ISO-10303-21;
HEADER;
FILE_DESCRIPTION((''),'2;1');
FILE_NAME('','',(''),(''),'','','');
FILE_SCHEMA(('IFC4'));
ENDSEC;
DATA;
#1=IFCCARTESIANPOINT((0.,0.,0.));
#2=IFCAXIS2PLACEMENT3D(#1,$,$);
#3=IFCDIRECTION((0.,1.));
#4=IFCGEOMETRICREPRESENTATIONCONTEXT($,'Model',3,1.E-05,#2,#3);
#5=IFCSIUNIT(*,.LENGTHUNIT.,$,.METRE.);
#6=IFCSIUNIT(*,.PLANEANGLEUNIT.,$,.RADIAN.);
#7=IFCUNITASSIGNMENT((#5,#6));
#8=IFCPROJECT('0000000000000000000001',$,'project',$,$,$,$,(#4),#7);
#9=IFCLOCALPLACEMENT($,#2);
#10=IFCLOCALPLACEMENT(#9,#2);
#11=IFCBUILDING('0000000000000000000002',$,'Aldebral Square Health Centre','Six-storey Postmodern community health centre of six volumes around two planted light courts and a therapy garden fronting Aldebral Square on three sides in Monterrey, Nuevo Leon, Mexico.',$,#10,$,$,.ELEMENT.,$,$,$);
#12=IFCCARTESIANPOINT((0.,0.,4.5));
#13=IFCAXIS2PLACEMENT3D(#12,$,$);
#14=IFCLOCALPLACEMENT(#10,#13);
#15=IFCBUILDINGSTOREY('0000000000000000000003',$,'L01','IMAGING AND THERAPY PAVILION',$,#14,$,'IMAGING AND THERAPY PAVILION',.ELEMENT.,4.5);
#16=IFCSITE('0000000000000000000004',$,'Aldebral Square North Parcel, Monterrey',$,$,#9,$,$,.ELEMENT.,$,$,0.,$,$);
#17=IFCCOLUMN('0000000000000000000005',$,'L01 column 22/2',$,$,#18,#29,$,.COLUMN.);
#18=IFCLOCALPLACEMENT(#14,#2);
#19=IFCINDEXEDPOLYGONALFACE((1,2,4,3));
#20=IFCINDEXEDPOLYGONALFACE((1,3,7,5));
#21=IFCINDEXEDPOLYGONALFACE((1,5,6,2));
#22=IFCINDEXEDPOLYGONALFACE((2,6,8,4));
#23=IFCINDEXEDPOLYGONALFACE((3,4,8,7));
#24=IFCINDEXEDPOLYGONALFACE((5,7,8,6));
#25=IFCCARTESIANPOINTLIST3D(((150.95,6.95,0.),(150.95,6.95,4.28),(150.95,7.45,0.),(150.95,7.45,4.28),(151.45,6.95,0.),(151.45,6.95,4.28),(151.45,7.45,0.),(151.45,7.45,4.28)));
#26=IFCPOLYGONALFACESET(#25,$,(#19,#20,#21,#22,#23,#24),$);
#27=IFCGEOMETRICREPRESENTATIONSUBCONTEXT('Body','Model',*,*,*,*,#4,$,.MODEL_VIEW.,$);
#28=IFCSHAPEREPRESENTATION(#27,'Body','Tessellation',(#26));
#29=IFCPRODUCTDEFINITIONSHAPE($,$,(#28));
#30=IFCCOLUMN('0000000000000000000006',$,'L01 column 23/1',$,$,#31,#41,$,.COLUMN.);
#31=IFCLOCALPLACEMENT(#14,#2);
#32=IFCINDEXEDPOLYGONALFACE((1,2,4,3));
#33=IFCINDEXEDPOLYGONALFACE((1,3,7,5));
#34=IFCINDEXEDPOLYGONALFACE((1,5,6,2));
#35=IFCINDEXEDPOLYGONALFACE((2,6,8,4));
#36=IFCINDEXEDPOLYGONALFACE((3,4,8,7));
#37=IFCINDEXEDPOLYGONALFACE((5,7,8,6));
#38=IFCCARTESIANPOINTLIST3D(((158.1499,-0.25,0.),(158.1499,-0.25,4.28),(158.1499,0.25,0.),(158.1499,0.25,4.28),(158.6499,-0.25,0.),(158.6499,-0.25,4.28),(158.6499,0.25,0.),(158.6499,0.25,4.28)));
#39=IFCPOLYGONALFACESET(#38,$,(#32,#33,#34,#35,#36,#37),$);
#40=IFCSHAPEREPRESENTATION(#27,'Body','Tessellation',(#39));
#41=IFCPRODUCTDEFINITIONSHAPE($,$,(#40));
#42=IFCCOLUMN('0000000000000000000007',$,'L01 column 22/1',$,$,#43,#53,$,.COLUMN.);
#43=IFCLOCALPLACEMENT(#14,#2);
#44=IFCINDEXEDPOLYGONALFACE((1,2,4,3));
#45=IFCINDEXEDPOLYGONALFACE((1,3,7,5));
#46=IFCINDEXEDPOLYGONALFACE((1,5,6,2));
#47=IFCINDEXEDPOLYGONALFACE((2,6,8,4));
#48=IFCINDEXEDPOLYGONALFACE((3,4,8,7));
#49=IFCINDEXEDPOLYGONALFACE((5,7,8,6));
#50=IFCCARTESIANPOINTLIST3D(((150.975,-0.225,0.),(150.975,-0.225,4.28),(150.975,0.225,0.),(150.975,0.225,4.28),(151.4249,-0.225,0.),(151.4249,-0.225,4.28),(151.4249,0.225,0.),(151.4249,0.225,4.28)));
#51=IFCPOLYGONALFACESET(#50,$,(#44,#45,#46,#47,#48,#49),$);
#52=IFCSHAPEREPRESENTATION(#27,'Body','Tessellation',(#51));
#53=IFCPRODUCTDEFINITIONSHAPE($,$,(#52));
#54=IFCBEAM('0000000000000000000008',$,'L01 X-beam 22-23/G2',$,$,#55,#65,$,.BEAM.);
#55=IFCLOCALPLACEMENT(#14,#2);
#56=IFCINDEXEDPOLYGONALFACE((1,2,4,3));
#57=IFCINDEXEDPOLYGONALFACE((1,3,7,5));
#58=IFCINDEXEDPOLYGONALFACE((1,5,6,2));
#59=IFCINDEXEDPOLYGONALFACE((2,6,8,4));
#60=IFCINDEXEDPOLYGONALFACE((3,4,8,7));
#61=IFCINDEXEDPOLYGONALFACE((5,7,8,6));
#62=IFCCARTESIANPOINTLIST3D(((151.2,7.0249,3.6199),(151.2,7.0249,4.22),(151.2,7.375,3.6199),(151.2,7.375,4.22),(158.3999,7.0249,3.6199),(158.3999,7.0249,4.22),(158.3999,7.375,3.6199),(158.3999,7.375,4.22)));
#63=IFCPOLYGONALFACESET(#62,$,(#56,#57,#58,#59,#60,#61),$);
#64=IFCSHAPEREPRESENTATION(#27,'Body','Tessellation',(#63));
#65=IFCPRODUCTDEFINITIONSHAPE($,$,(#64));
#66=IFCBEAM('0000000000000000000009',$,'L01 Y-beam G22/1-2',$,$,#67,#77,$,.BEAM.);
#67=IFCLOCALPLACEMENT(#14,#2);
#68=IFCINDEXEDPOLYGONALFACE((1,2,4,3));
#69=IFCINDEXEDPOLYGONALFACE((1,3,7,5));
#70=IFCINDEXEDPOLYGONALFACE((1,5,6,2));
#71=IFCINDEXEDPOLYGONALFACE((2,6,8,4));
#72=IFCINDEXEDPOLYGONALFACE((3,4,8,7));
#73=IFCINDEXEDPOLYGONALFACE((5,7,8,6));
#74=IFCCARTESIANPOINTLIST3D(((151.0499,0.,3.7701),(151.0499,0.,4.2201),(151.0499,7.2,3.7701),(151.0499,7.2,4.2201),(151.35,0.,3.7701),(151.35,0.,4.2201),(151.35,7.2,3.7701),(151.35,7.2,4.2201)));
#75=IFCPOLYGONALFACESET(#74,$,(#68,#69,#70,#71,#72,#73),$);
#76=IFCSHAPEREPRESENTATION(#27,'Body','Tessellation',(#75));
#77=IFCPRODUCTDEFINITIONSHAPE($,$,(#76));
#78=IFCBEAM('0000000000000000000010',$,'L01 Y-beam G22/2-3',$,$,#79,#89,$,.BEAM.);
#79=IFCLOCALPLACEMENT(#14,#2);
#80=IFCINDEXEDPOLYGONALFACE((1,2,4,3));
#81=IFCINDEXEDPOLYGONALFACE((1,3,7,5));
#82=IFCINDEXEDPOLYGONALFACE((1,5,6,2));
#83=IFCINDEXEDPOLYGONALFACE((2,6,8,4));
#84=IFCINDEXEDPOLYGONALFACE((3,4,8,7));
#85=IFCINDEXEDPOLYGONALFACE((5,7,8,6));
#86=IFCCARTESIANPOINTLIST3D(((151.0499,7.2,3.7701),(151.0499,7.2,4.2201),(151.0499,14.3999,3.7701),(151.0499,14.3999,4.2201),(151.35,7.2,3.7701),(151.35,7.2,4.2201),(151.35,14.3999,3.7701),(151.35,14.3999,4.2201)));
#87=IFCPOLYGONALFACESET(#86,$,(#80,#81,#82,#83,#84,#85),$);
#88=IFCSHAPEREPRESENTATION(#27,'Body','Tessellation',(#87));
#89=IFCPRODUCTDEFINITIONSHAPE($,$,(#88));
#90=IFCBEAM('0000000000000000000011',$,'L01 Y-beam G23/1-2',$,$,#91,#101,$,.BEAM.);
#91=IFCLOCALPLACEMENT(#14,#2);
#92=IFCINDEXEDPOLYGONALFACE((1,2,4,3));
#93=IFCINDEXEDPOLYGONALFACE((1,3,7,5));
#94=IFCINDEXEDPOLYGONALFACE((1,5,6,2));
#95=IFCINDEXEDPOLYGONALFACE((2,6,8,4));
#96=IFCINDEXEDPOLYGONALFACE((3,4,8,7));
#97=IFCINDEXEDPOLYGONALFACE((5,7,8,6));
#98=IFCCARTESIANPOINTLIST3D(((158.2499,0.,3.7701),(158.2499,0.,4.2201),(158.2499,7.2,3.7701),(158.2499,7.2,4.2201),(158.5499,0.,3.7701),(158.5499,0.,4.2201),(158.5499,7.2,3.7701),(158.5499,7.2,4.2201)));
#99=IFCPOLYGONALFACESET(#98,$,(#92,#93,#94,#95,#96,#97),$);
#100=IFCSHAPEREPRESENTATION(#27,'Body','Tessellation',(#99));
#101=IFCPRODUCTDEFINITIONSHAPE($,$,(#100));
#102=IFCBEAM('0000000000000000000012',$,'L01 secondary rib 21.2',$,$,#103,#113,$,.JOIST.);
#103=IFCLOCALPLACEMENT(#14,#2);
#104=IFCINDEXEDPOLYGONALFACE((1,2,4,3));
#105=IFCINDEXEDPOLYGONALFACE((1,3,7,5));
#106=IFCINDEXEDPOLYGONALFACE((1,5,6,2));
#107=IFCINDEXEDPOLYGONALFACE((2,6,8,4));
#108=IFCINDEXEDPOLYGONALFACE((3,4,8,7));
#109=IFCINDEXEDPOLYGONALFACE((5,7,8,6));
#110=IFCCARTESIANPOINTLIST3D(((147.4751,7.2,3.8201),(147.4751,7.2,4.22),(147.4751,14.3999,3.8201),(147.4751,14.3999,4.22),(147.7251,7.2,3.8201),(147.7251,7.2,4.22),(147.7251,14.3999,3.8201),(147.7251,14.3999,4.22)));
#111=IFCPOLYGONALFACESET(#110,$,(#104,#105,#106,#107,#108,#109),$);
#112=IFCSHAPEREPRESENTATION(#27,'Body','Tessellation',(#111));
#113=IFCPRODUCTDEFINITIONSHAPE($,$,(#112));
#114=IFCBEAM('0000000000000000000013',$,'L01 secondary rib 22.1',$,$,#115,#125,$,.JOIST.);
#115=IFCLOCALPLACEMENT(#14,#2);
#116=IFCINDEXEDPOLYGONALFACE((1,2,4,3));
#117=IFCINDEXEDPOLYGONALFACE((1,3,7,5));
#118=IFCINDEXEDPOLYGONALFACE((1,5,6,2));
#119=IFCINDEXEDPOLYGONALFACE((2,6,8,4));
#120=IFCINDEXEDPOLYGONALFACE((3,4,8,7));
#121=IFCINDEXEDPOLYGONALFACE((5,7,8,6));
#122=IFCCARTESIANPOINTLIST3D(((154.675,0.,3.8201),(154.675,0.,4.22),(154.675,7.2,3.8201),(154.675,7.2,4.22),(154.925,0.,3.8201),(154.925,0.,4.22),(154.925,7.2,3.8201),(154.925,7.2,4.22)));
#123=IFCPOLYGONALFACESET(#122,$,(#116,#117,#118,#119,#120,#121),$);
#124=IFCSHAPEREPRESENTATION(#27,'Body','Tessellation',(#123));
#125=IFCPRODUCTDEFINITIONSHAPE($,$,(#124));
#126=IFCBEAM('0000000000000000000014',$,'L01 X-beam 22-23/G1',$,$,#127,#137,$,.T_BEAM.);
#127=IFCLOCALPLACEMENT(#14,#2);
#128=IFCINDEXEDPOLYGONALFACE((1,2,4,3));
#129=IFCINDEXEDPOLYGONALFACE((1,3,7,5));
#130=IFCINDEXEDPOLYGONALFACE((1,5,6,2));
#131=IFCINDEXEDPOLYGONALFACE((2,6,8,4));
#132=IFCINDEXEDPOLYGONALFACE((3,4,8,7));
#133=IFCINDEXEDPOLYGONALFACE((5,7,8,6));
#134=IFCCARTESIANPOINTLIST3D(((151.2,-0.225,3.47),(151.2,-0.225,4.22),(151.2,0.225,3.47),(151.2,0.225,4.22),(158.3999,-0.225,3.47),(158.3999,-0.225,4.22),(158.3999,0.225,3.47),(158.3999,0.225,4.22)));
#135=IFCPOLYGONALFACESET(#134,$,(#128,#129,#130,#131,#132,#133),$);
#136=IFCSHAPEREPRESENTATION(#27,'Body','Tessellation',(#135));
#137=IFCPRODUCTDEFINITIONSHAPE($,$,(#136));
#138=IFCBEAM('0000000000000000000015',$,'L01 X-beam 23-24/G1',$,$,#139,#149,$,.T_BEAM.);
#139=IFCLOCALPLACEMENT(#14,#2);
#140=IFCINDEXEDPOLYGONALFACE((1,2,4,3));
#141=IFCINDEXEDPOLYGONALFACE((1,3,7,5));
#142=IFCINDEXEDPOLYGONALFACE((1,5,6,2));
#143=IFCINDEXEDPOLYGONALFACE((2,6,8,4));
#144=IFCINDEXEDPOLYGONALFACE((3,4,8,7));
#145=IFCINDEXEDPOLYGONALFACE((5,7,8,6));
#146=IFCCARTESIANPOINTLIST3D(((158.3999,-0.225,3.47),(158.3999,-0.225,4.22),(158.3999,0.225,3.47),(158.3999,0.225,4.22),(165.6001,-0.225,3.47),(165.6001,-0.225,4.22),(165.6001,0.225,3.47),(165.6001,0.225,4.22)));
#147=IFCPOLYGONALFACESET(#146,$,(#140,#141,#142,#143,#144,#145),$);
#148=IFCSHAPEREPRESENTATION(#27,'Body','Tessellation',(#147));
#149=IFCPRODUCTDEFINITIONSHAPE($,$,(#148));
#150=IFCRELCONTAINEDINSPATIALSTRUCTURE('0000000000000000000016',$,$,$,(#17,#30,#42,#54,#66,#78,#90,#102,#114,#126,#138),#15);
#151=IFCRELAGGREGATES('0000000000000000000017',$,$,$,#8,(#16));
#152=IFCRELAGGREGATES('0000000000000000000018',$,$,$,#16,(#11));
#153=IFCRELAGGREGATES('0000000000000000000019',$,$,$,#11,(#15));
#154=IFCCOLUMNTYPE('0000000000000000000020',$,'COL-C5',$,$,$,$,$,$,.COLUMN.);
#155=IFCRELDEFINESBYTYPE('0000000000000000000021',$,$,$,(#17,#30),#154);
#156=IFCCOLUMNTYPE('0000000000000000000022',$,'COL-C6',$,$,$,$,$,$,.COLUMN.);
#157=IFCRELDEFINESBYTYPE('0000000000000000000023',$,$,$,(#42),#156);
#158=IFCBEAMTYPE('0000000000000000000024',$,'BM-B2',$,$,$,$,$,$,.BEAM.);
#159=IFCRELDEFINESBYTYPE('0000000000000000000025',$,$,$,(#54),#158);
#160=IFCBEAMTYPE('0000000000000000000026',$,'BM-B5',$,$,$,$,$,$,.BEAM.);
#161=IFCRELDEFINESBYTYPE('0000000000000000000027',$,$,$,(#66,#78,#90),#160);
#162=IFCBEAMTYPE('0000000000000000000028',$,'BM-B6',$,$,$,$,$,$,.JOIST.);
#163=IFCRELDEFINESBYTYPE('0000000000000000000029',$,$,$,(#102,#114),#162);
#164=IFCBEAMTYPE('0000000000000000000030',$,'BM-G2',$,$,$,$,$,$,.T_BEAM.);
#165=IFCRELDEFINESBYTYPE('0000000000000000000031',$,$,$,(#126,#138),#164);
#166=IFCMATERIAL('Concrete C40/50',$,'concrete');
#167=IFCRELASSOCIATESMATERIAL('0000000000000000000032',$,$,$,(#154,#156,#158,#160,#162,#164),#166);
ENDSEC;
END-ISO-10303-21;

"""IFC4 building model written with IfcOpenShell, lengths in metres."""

from ifc_helpers import new_model, si_unit, direction, frame, origin, origin_2d, place, context, subcontext, project, spatial, rectangle, extrude, material, material_profile, profile_set, type_object, element, save


model = new_model("IFC4")

# Units and contexts
model_context = context("Model", 3, precision=1e-05, world=origin(), true_north=direction((0.0, 1.0)))
body_context = subcontext(model_context, "Body", "Model", "MODEL_VIEW")
ifc_project = project(units=[si_unit("LENGTHUNIT", "METRE"), si_unit("PLANEANGLEUNIT", "RADIAN")], contexts=[model_context])

# Site, building, storey
site_placement = place(None, origin())
site = spatial("IfcSite", under=ifc_project, at=site_placement, Name="Aldebral Square North Parcel, Monterrey", CompositionType="ELEMENT", RefElevation=0.0)
building_placement = place(site_placement, origin())
building = spatial("IfcBuilding", under=site, at=building_placement, Name="Aldebral Square Health Centre", Description="Six-storey Postmodern community health centre of six volumes around two planted light courts and a therapy garden fronting Aldebral Square on three sides in Monterrey, Nuevo Leon, Mexico.", CompositionType="ELEMENT")
storey_placement = place(building_placement, frame((0.0, 0.0, 4.5)))
storey = spatial("IfcBuildingStorey", under=building, at=storey_placement, Name="L01", Description="IMAGING AND THERAPY PAVILION", LongName="IMAGING AND THERAPY PAVILION", CompositionType="ELEMENT", Elevation=4.5)

# Columns
ifc_material_1 = material(Name="Concrete C40/50", Category="concrete")
ifc_material_profile_1 = material_profile(ifc_material_1, rectangle(XDim=0.5, YDim=0.5, at=origin_2d()), Name="RC 500x500")
ifc_profile_set_1 = profile_set([ifc_material_profile_1], Name="Concrete C40/50")
column_type_1 = type_object("IfcColumnType", Name="COL-C5", PredefinedType="COLUMN", material=ifc_profile_set_1)
for number, where, z_axis, x_axis, name in (
    (1, (151.2, 7.2, 0.0), (0.0, 0.0, 1.0), (1.0, 0.0, 0.0), "L01 column 22/2"),
    (2, (158.3999, 0.0, 0.0), (0.0, 0.0, 1.0), (1.0, 0.0, 0.0), "L01 column 23/1"),
):
    element("IfcColumn", number, at=place(storey_placement, frame(where, z_axis=z_axis, x_axis=x_axis)), inside=storey, type_object=column_type_1, Name=name, PredefinedType="COLUMN", context=body_context, shape_type="SweptSolid", body=[
        extrude(rectangle(XDim=0.5, YDim=0.5, at=origin_2d()), origin(), (0.0, 0.0, 1.0), 4.28),
    ])
ifc_material_profile_2 = material_profile(ifc_material_1, rectangle(XDim=0.45, YDim=0.45, at=origin_2d()), Name="RC 450x450")
ifc_profile_set_2 = profile_set([ifc_material_profile_2], Name="Concrete C40/50")
column_type_2 = type_object("IfcColumnType", Name="COL-C6", PredefinedType="COLUMN", material=ifc_profile_set_2)
column_placement = place(storey_placement, frame((151.2, 0.0, 0.0), z_axis=(0.0, 0.0, 1.0), x_axis=(1.0, 0.0, 0.0)))
element("IfcColumn", 3, at=column_placement, inside=storey, type_object=column_type_2, Name="L01 column 22/1", PredefinedType="COLUMN", context=body_context, shape_type="SweptSolid", body=[
    extrude(rectangle(XDim=0.45, YDim=0.45, at=origin_2d()), origin(), (0.0, 0.0, 1.0), 4.28),
])

# Beams
ifc_material_profile_3 = material_profile(ifc_material_1, rectangle(XDim=0.3501, YDim=0.6001, at=origin_2d()), Name="RC 350x600")
ifc_profile_set_3 = profile_set([ifc_material_profile_3], Name="Concrete C40/50")
beam_type_1 = type_object("IfcBeamType", Name="BM-B2", PredefinedType="BEAM", material=ifc_profile_set_3)
beam_1_placement = place(storey_placement, frame((151.2, 7.2, 3.9199), z_axis=(1.0, 0.0, 0.0), x_axis=(0.0, 1.0, 0.0)))
element("IfcBeam", 4, at=beam_1_placement, inside=storey, type_object=beam_type_1, Name="L01 X-beam 22-23/G2", PredefinedType="BEAM", context=body_context, shape_type="SweptSolid", body=[
    extrude(rectangle(XDim=0.3501, YDim=0.6001, at=origin_2d()), origin(), (0.0, 0.0, 1.0), 7.2),
])
ifc_material_profile_4 = material_profile(ifc_material_1, rectangle(XDim=0.3, YDim=0.45, at=origin_2d()), Name="RC 300x450")
ifc_profile_set_4 = profile_set([ifc_material_profile_4], Name="Concrete C40/50")
beam_type_2 = type_object("IfcBeamType", Name="BM-B5", PredefinedType="BEAM", material=ifc_profile_set_4)
for number, where, z_axis, x_axis, name in (
    (5, (151.2, 0.0, 3.9951), (0.0, 1.0, 0.0), (-1.0, 0.0, 0.0), "L01 Y-beam G22/1-2"),
    (6, (151.2, 7.2, 3.9951), (0.0, 1.0, 0.0), (-1.0, 0.0, 0.0), "L01 Y-beam G22/2-3"),
    (7, (158.3999, 0.0, 3.9951), (0.0, 1.0, 0.0), (-1.0, 0.0, 0.0), "L01 Y-beam G23/1-2"),
):
    element("IfcBeam", number, at=place(storey_placement, frame(where, z_axis=z_axis, x_axis=x_axis)), inside=storey, type_object=beam_type_2, Name=name, PredefinedType="BEAM", context=body_context, shape_type="SweptSolid", body=[
        extrude(rectangle(XDim=0.3, YDim=0.45, at=origin_2d()), origin(), (0.0, 0.0, 1.0), 7.2),
    ])
ifc_material_profile_5 = material_profile(ifc_material_1, rectangle(XDim=0.25, YDim=0.3999, at=origin_2d()), Name="RC 250x400")
ifc_profile_set_5 = profile_set([ifc_material_profile_5], Name="Concrete C40/50")
beam_type_3 = type_object("IfcBeamType", Name="BM-B6", PredefinedType="JOIST", material=ifc_profile_set_5)
for number, where, z_axis, x_axis, name in (
    (8, (147.6001, 7.2, 4.02), (0.0, 1.0, 0.0), (-1.0, 0.0, 0.0), "L01 secondary rib 21.2"),
    (9, (154.8, 0.0, 4.02), (0.0, 1.0, 0.0), (-1.0, 0.0, 0.0), "L01 secondary rib 22.1"),
):
    element("IfcBeam", number, at=place(storey_placement, frame(where, z_axis=z_axis, x_axis=x_axis)), inside=storey, type_object=beam_type_3, Name=name, PredefinedType="JOIST", context=body_context, shape_type="SweptSolid", body=[
        extrude(rectangle(XDim=0.25, YDim=0.3999, at=origin_2d()), origin(), (0.0, 0.0, 1.0), 7.2),
    ])
ifc_material_profile_6 = material_profile(ifc_material_1, rectangle(XDim=0.45, YDim=0.75, at=origin_2d()), Name="RC 450x750")
ifc_profile_set_6 = profile_set([ifc_material_profile_6], Name="Concrete C40/50")
beam_type_4 = type_object("IfcBeamType", Name="BM-G2", PredefinedType="T_BEAM", material=ifc_profile_set_6)
beam_2_placement = place(storey_placement, frame((151.2, 0.0, 3.845), z_axis=(1.0, 0.0, 0.0), x_axis=(0.0, 1.0, 0.0)))
element("IfcBeam", 10, at=beam_2_placement, inside=storey, type_object=beam_type_4, Name="L01 X-beam 22-23/G1", PredefinedType="T_BEAM", context=body_context, shape_type="SweptSolid", body=[
    extrude(rectangle(XDim=0.45, YDim=0.75, at=origin_2d()), origin(), (0.0, 0.0, 1.0), 7.2),
])
beam_3_placement = place(storey_placement, frame((158.3999, 0.0, 3.845), z_axis=(1.0, 0.0, 0.0), x_axis=(0.0, 1.0, 0.0)))
element("IfcBeam", 11, at=beam_3_placement, inside=storey, type_object=beam_type_4, Name="L01 X-beam 23-24/G1", PredefinedType="T_BEAM", context=body_context, shape_type="SweptSolid", body=[
    extrude(rectangle(XDim=0.45, YDim=0.75, at=origin_2d()), origin(), (0.0, 0.0, 1.0), 7.2002),
])

save(model, "model.ifc")
